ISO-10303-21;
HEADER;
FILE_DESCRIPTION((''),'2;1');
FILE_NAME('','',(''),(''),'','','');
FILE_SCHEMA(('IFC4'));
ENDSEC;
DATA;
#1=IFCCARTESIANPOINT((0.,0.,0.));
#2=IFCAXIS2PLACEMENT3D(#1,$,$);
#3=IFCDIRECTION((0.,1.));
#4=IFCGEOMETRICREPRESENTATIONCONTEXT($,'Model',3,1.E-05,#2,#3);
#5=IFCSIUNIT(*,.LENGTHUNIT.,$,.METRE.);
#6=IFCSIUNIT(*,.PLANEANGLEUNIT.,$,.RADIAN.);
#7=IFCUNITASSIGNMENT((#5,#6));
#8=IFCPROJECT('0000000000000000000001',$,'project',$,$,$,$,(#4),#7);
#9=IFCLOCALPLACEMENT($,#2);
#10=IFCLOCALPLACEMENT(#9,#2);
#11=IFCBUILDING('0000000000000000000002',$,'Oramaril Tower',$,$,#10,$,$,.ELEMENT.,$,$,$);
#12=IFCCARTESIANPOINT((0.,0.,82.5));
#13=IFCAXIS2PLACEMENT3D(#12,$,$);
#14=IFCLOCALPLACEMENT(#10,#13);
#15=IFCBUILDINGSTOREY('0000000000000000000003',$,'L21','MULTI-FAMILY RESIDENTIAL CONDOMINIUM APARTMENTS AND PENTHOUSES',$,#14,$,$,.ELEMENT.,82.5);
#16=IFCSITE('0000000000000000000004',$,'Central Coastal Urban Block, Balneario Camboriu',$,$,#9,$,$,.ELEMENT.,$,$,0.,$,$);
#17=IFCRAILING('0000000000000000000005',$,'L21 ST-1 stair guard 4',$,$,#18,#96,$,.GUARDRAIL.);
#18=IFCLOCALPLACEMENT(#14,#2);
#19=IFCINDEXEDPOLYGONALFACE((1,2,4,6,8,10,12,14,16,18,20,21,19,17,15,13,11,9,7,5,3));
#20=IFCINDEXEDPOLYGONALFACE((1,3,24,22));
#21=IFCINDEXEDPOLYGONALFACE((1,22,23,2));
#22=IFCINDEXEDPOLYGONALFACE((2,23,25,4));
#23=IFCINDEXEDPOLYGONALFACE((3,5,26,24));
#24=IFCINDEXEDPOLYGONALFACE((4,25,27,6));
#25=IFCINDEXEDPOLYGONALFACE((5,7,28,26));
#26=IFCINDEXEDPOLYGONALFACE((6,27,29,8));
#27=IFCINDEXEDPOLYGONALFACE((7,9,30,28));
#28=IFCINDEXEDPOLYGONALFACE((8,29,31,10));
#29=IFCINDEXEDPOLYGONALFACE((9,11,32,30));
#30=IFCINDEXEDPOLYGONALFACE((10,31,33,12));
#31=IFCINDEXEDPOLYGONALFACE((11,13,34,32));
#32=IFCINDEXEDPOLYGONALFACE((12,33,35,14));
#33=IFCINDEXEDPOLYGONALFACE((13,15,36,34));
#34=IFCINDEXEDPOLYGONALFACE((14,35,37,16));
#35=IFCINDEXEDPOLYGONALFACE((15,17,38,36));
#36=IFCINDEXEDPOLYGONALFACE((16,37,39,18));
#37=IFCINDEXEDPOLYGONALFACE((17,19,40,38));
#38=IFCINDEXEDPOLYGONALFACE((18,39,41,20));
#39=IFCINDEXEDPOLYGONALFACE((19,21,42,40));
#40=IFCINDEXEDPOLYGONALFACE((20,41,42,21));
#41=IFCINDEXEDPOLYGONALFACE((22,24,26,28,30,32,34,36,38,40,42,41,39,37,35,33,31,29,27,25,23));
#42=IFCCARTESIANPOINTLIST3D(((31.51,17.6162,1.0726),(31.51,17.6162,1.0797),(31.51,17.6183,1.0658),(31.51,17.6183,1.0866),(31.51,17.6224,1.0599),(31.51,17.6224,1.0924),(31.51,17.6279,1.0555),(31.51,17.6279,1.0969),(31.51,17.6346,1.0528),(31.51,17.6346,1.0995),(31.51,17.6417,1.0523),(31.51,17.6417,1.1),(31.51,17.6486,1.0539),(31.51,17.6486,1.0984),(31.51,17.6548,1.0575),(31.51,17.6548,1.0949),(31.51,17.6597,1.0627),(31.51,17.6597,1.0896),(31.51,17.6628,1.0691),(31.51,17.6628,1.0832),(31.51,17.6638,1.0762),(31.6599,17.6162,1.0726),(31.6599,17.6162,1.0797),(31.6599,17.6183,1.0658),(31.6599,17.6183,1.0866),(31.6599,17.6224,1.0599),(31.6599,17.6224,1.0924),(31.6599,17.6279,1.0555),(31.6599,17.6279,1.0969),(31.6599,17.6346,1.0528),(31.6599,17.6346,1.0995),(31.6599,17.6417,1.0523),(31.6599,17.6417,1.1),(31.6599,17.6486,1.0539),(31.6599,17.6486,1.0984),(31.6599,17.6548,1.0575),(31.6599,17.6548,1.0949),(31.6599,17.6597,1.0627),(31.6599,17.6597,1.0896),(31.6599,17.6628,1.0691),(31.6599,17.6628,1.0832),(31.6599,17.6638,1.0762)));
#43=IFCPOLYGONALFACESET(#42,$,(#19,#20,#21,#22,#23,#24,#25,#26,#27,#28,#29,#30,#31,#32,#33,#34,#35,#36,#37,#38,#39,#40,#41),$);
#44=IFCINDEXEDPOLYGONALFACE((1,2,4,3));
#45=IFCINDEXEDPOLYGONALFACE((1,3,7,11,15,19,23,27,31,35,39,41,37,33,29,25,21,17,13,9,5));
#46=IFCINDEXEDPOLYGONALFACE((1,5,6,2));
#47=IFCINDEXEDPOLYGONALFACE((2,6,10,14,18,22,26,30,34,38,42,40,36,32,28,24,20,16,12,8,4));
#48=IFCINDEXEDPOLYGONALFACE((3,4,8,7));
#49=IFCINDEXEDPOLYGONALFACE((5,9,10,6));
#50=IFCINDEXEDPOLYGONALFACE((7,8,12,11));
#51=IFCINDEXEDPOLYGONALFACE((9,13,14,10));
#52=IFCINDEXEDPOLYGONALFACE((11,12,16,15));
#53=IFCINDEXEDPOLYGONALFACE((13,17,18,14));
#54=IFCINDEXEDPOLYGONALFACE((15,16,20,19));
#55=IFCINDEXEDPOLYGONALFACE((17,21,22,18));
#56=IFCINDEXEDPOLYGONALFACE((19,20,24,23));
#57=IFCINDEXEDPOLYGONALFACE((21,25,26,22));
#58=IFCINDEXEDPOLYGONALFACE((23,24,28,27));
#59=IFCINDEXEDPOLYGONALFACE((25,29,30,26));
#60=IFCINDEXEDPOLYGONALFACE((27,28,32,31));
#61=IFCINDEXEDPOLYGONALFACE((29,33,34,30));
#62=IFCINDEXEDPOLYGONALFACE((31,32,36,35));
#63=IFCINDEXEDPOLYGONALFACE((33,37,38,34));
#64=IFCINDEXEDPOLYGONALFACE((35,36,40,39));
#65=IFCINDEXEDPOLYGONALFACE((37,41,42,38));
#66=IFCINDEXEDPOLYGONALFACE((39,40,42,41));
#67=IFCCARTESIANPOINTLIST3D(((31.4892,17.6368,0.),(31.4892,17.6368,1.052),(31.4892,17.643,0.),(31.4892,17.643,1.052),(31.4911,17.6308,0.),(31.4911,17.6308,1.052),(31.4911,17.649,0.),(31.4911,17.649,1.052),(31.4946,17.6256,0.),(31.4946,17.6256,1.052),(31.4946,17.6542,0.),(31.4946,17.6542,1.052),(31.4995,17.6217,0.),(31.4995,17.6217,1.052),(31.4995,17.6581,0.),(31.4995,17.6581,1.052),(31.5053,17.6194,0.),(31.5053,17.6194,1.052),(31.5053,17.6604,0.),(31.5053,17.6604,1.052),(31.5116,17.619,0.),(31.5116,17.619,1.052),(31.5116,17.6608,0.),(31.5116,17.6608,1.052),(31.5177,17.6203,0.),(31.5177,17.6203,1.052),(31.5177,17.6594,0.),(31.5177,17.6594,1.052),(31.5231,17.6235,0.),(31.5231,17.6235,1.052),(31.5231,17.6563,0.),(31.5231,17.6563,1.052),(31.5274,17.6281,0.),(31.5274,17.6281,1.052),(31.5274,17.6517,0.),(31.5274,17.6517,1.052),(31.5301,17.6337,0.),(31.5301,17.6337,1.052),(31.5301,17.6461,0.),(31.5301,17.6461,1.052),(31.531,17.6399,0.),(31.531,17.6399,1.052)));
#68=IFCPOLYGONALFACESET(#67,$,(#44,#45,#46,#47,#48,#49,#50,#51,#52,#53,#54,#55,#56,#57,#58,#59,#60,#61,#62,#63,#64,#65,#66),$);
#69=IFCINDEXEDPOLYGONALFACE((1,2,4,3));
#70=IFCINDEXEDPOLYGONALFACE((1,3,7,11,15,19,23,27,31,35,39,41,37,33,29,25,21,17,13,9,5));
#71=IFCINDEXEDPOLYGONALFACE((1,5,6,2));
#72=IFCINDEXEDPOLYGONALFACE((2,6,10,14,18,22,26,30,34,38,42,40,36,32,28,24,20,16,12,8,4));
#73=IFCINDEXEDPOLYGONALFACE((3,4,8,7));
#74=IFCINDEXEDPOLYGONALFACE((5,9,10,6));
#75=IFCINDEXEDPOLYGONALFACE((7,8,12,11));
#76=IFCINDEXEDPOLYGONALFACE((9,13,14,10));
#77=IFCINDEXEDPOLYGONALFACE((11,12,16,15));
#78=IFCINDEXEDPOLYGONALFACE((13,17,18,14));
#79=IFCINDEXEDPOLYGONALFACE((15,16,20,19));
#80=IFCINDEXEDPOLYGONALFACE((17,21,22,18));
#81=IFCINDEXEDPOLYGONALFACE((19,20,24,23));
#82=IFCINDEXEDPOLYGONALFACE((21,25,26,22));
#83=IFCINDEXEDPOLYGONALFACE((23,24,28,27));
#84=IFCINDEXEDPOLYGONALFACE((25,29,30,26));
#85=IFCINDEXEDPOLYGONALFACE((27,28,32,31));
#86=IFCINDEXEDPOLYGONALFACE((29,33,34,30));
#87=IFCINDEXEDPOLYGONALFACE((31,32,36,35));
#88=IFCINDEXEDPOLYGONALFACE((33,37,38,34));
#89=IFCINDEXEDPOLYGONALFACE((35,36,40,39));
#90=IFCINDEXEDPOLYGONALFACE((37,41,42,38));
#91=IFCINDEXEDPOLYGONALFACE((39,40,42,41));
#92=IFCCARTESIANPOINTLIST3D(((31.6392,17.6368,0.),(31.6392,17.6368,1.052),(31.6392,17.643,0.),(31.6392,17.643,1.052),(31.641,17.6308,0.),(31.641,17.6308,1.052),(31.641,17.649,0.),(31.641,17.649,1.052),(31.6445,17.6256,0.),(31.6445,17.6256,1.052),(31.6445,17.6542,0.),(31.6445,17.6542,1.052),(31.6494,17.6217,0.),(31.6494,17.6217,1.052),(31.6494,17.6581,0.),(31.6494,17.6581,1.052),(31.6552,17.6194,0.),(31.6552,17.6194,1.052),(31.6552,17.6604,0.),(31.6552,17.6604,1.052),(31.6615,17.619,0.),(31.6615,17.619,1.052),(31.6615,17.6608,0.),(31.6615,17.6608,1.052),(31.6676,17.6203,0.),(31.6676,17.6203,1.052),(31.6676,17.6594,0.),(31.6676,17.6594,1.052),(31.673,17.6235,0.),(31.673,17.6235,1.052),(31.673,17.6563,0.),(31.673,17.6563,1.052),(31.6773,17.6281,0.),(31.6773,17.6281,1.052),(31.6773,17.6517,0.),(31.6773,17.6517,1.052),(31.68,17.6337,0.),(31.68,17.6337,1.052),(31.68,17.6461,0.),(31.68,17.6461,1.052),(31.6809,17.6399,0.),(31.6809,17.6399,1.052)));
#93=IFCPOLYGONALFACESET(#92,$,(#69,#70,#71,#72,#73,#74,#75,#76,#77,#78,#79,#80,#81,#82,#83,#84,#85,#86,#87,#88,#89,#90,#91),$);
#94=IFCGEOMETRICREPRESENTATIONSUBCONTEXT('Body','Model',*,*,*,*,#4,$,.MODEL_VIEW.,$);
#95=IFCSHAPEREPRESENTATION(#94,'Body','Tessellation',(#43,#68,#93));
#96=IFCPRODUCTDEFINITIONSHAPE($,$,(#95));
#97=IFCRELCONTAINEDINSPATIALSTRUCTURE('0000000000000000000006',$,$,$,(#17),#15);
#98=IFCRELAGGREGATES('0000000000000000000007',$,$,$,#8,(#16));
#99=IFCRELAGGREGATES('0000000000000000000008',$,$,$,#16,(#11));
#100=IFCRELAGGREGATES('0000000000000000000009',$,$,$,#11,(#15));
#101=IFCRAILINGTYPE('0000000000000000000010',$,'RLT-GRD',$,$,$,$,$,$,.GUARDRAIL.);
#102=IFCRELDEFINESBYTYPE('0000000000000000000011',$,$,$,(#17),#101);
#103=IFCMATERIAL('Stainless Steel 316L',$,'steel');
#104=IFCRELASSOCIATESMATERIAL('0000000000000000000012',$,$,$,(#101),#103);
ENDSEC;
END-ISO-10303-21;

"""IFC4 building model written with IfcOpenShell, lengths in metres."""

from ifc_helpers import new_model, si_unit, direction, frame, origin, origin_2d, place, context, subcontext, project, spatial, circle, extrude, material, type_object, element, save


model = new_model("IFC4")

# Units and contexts
model_context = context("Model", 3, precision=1e-05, world=origin(), true_north=direction((0.0, 1.0)))
body_context = subcontext(model_context, "Body", "Model", "MODEL_VIEW")
ifc_project = project(units=[si_unit("LENGTHUNIT", "METRE"), si_unit("PLANEANGLEUNIT", "RADIAN")], contexts=[model_context])

# Site, building, storey
site_placement = place(None, origin())
site = spatial("IfcSite", under=ifc_project, at=site_placement, Name="Central Coastal Urban Block, Balneario Camboriu", CompositionType="ELEMENT", RefElevation=0.0)
building_placement = place(site_placement, origin())
building = spatial("IfcBuilding", under=site, at=building_placement, Name="Oramaril Tower", CompositionType="ELEMENT")
storey_placement = place(building_placement, frame((0.0, 0.0, 82.5)))
storey = spatial("IfcBuildingStorey", under=building, at=storey_placement, Name="L21", Description="MULTI-FAMILY RESIDENTIAL CONDOMINIUM APARTMENTS AND PENTHOUSES", CompositionType="ELEMENT", Elevation=82.5)

# Railing
ifc_material_1 = material(Name="Stainless Steel 316L", Category="steel")
railing_type_1 = type_object("IfcRailingType", Name="RLT-GRD", PredefinedType="GUARDRAIL", material=ifc_material_1)
railing_1_placement = place(storey_placement, frame((31.51, 17.6399, 0.0)))
element("IfcRailing", 1, at=railing_1_placement, inside=storey, type_object=railing_type_1, Name="L21 ST-1 stair guard 4", PredefinedType="GUARDRAIL", context=body_context, shape_type="SweptSolid", body=[
    extrude(circle(Radius=0.0239, at=origin_2d()), frame((0.0, 0.0, 1.0762), z_axis=(1.0, 0.0, 0.0), x_axis=(0.0, 1.0, 0.0)), (0.0, 0.0, 1.0), 0.1499),
    extrude(circle(Radius=0.021, at=origin_2d()), origin(), (0.0, 0.0, 1.0), 1.052),
    extrude(circle(Radius=0.021, at=origin_2d()), frame((0.1499, 0.0, 0.0)), (0.0, 0.0, 1.0), 1.052),
])

save(model, "model.ifc")
